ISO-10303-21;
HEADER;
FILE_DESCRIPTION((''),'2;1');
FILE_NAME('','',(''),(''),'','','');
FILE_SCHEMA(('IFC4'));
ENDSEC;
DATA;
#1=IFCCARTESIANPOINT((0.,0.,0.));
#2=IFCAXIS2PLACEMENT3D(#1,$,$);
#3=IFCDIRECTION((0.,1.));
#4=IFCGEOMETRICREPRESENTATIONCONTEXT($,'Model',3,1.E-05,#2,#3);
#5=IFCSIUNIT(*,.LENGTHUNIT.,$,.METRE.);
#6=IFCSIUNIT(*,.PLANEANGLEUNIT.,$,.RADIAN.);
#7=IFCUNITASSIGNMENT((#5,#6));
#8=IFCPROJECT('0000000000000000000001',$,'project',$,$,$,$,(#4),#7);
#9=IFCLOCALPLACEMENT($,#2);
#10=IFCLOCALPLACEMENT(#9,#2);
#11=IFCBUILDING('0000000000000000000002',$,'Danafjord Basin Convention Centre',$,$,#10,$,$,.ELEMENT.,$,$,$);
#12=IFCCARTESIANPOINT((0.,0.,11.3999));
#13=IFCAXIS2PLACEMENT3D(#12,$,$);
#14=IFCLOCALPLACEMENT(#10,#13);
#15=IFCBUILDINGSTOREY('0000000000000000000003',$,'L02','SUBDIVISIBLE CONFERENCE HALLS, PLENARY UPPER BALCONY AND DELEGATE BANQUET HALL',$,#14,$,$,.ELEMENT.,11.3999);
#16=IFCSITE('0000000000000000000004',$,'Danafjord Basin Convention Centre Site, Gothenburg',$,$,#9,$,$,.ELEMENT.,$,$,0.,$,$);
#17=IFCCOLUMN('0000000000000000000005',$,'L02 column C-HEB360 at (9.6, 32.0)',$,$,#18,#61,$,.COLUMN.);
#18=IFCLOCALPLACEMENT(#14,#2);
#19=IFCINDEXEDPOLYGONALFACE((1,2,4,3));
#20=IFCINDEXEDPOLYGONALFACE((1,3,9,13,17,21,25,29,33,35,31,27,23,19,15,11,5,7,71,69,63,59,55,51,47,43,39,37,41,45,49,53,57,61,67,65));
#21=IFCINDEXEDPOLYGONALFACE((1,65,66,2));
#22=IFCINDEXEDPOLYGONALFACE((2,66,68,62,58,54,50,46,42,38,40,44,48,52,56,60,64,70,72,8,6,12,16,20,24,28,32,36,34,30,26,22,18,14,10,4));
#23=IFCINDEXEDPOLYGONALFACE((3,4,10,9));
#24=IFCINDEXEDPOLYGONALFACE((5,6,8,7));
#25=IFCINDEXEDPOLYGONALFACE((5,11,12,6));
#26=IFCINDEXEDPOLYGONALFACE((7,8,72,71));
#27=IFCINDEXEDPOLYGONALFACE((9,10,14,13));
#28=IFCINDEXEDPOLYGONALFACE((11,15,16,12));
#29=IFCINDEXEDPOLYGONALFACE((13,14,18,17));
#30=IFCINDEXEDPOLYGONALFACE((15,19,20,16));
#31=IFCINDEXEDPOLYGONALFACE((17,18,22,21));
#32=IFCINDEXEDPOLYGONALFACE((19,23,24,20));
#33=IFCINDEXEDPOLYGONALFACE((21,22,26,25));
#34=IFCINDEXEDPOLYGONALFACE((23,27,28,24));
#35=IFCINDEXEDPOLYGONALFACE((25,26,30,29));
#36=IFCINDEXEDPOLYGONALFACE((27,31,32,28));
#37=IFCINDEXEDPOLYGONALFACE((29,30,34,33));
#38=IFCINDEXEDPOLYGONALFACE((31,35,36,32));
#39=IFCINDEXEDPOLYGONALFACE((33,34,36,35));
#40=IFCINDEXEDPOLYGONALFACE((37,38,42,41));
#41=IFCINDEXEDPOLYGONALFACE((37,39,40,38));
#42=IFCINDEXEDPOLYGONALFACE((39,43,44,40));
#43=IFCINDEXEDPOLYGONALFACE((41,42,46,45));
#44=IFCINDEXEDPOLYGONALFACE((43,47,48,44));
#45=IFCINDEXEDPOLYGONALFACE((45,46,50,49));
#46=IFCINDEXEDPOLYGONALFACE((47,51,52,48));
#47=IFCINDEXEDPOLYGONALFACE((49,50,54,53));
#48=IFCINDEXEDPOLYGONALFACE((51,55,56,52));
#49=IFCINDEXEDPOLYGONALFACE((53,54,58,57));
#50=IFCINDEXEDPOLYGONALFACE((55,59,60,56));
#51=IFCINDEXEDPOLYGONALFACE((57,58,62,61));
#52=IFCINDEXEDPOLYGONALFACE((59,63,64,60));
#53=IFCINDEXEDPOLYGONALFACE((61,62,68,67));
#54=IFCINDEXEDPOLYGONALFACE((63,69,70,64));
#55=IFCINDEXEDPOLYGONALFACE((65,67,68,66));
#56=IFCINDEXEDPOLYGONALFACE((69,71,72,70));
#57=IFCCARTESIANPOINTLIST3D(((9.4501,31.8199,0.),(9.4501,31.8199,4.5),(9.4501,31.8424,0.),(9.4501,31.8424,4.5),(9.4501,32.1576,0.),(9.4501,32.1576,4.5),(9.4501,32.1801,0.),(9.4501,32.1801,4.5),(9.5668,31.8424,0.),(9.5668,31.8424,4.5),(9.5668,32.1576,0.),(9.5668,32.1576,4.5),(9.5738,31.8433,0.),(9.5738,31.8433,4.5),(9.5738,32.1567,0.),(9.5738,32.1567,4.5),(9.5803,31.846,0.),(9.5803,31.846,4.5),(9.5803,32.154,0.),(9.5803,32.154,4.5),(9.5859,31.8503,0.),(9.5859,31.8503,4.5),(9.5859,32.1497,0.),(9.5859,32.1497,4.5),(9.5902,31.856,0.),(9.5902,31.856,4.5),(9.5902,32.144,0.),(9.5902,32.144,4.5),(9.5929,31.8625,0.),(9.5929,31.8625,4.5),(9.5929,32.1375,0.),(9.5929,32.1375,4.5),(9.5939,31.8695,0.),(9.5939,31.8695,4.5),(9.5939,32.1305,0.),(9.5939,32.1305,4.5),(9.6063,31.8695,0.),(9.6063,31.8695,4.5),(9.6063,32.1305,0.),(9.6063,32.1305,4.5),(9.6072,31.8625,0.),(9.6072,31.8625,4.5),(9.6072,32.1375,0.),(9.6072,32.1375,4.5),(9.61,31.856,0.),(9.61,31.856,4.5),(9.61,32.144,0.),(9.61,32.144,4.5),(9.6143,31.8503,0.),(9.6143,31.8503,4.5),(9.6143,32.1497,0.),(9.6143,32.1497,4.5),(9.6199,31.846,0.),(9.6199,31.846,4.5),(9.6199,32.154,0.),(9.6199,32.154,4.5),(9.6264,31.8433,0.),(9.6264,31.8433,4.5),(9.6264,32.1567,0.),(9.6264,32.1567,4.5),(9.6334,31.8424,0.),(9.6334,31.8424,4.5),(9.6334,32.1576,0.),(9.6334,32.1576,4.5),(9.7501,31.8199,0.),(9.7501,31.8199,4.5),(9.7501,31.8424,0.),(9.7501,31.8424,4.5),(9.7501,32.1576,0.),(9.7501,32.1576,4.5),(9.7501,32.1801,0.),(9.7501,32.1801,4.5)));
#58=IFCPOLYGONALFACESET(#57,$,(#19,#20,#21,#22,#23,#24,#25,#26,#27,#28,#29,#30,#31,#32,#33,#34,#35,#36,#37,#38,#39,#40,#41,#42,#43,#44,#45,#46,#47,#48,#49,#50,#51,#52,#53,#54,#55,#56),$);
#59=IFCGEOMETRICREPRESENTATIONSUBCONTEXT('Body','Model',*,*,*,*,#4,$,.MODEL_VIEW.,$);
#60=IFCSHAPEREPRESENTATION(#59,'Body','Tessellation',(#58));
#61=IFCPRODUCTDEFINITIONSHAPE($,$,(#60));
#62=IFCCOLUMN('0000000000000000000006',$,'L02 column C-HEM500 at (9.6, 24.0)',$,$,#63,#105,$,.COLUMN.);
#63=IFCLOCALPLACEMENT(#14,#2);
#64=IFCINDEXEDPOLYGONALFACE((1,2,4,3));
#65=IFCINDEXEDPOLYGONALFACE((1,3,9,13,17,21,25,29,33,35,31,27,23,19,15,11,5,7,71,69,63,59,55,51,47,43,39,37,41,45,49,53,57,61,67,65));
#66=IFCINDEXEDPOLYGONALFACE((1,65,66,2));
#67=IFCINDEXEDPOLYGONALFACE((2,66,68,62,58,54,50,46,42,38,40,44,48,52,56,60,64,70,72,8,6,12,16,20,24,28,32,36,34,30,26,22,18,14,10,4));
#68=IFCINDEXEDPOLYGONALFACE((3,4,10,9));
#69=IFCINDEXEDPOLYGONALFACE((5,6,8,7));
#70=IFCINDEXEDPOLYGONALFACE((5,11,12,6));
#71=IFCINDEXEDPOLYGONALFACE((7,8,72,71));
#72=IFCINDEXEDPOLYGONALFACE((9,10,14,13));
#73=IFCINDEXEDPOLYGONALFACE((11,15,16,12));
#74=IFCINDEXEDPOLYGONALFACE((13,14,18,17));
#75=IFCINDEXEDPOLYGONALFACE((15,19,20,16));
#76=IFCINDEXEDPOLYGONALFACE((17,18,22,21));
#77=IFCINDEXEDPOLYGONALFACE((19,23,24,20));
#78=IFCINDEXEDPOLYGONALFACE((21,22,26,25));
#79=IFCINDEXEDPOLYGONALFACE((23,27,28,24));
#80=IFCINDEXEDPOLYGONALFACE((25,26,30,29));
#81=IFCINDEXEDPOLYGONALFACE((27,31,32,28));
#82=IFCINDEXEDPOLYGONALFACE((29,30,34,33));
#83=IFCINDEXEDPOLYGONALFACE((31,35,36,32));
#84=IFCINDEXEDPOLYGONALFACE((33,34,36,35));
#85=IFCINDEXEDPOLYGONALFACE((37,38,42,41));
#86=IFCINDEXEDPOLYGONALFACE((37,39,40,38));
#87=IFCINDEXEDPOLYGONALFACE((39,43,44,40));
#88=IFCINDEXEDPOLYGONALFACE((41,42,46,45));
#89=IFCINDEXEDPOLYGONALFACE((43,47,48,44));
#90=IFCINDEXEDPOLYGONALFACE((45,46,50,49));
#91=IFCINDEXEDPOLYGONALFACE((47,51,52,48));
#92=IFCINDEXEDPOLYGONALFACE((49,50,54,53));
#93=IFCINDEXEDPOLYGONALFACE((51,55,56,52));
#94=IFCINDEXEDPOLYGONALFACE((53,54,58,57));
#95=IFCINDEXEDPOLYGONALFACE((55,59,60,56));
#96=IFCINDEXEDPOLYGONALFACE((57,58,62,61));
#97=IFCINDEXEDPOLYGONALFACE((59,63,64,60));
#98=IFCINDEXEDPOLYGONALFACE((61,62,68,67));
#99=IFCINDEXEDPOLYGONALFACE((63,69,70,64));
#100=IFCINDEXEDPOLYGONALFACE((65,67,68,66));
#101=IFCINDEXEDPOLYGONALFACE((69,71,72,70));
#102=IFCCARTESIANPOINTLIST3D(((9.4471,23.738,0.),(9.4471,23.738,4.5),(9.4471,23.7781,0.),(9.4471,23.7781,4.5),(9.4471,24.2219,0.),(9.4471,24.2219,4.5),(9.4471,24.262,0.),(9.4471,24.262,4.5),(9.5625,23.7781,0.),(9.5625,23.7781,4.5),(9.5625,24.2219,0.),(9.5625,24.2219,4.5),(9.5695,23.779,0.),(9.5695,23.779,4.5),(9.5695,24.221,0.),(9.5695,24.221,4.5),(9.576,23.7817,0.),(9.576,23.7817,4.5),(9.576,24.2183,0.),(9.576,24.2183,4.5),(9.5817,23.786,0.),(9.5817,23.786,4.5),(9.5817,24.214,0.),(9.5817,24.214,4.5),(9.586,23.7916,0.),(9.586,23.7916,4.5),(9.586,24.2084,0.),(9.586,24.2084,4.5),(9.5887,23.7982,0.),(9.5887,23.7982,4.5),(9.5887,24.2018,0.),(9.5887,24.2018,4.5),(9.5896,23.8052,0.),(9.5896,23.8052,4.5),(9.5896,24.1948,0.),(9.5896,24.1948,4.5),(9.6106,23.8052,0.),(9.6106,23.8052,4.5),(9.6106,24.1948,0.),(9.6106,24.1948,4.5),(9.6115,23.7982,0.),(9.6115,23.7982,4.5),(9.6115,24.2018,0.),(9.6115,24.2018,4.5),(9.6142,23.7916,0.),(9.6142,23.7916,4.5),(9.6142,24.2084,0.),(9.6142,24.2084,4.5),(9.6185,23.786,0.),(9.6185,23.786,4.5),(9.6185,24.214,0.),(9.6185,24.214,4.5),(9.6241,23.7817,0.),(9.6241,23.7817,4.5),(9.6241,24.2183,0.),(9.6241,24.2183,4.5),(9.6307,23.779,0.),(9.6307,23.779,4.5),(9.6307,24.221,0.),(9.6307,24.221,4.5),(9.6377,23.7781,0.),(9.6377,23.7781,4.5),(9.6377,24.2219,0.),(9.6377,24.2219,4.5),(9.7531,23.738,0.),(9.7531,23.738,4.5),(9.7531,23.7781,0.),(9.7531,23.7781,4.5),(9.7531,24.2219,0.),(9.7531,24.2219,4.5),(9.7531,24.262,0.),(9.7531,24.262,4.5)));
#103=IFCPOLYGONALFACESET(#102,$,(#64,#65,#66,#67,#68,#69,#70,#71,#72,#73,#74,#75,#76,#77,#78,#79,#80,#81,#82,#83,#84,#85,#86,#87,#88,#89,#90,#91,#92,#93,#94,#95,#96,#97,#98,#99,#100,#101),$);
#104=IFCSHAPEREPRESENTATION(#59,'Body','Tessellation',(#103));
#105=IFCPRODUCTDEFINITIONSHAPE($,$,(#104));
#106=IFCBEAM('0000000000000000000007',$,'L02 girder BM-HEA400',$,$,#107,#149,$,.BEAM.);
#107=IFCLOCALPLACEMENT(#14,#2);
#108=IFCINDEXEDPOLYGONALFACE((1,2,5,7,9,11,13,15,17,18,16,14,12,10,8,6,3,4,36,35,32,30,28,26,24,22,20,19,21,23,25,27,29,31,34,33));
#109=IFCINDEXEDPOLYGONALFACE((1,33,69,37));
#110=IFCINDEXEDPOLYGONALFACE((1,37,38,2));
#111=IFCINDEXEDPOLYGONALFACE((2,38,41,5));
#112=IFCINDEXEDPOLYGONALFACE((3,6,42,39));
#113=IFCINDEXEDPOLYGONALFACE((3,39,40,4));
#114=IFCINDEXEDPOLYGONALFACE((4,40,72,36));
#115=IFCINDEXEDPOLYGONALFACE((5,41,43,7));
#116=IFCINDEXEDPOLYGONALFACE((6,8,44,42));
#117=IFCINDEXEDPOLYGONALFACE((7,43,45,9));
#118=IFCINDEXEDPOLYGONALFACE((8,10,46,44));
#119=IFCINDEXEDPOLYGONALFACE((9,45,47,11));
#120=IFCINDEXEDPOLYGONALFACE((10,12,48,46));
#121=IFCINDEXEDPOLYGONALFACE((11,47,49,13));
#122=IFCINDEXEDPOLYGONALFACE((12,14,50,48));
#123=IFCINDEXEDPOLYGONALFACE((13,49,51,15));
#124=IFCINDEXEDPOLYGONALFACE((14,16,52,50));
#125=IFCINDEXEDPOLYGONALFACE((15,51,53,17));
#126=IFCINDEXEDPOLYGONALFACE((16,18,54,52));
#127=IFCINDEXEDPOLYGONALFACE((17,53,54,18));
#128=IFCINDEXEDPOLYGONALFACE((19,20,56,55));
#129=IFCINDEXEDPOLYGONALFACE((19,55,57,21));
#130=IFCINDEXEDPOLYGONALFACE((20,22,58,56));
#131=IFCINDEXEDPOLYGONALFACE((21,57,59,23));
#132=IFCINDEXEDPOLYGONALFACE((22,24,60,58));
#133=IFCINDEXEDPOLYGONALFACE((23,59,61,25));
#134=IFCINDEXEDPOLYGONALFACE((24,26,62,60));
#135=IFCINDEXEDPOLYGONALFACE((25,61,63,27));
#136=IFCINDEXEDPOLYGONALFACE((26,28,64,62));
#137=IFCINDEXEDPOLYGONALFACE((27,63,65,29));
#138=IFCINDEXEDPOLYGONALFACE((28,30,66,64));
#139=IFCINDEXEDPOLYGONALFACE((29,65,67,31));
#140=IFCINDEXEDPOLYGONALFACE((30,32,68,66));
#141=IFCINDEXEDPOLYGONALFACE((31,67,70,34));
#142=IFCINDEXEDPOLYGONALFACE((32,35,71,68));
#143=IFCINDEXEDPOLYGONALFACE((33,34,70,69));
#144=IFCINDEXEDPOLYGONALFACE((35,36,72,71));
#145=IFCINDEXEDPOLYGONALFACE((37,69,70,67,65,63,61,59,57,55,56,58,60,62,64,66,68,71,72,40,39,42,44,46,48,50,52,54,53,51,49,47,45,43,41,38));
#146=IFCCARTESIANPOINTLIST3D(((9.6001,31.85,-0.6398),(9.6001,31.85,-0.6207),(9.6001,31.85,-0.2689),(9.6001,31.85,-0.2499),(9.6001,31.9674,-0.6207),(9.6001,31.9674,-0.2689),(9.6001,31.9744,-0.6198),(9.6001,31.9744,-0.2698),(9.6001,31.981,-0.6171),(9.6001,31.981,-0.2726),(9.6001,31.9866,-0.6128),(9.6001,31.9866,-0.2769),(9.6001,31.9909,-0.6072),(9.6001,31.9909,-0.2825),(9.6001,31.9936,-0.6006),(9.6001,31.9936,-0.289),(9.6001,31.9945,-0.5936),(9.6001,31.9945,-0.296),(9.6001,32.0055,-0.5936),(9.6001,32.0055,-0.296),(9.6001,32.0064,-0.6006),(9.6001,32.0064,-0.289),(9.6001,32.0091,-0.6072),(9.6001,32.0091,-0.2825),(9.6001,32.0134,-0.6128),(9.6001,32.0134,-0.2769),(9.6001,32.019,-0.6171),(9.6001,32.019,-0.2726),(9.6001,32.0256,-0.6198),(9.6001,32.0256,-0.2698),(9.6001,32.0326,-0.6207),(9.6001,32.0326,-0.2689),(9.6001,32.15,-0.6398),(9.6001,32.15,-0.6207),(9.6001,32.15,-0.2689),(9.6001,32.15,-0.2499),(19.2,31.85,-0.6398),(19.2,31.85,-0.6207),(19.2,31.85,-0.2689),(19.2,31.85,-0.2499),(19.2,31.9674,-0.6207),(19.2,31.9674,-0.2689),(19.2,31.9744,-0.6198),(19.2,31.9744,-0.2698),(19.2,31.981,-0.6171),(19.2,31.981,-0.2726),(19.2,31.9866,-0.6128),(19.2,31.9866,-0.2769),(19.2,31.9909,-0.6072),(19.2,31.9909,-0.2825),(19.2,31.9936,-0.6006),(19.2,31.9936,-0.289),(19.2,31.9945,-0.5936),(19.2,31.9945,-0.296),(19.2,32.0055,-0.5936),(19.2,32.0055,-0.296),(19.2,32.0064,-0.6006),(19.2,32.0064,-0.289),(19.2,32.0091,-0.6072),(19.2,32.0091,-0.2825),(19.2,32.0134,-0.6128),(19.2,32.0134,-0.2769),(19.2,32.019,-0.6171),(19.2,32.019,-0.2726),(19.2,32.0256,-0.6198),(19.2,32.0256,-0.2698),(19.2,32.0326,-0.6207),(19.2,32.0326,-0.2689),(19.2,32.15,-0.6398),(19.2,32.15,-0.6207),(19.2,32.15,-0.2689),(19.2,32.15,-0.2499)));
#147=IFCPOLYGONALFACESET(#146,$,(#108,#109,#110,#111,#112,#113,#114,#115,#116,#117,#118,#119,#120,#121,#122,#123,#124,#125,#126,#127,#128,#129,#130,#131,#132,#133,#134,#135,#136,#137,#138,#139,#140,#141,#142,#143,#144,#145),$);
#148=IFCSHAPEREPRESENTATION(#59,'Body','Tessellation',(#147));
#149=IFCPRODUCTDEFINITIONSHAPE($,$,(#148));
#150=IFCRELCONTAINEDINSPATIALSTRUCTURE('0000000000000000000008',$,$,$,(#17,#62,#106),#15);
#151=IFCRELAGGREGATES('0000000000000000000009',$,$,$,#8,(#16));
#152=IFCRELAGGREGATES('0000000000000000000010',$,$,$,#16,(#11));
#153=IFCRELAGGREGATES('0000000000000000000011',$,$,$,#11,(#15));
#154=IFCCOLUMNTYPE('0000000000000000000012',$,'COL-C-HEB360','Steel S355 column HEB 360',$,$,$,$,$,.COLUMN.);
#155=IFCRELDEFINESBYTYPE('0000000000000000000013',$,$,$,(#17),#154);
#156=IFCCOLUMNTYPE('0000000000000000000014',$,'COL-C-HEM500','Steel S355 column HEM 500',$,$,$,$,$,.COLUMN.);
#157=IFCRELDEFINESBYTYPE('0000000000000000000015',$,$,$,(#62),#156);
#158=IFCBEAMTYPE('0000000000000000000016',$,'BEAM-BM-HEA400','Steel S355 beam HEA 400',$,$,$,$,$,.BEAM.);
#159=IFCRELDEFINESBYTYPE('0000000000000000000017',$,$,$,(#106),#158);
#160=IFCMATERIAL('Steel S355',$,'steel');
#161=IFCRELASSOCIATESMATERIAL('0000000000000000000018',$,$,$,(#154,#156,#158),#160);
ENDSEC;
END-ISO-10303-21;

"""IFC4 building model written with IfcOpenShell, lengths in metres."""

from ifc_helpers import new_model, si_unit, direction, frame, origin, origin_2d, place, context, subcontext, project, spatial, i_section, extrude, material, material_profile, profile_set, type_object, element, save


model = new_model("IFC4")

# Units and contexts
model_context = context("Model", 3, precision=1e-05, world=origin(), true_north=direction((0.0, 1.0)))
body_context = subcontext(model_context, "Body", "Model", "MODEL_VIEW")
ifc_project = project(units=[si_unit("LENGTHUNIT", "METRE"), si_unit("PLANEANGLEUNIT", "RADIAN")], contexts=[model_context])

# Site, building, storey
site_placement = place(None, origin())
site = spatial("IfcSite", under=ifc_project, at=site_placement, Name="Danafjord Basin Convention Centre Site, Gothenburg", CompositionType="ELEMENT", RefElevation=0.0)
building_placement = place(site_placement, origin())
building = spatial("IfcBuilding", under=site, at=building_placement, Name="Danafjord Basin Convention Centre", CompositionType="ELEMENT")
storey_placement = place(building_placement, frame((0.0, 0.0, 11.3999)))
storey = spatial("IfcBuildingStorey", under=building, at=storey_placement, Name="L02", Description="SUBDIVISIBLE CONFERENCE HALLS, PLENARY UPPER BALCONY AND DELEGATE BANQUET HALL", CompositionType="ELEMENT", Elevation=11.3999)

# Columns
ifc_material_1 = material(Name="Steel S355", Category="steel")
ifc_material_profile_1 = material_profile(ifc_material_1, i_section(OverallWidth=0.3, OverallDepth=0.3601, WebThickness=0.0125, FlangeThickness=0.0225, FilletRadius=0.0271, at=origin_2d()), Name="HEB 360")
ifc_profile_set_1 = profile_set([ifc_material_profile_1], Name="Steel S355")
column_type_1 = type_object("IfcColumnType", Name="COL-C-HEB360", Description="Steel S355 column HEB 360", PredefinedType="COLUMN", material=ifc_profile_set_1)
column_1_placement = place(storey_placement, frame((9.6001, 32.0, 0.0), z_axis=(0.0, 0.0, 1.0), x_axis=(1.0, 0.0, 0.0)))
element("IfcColumn", 1, at=column_1_placement, inside=storey, type_object=column_type_1, Name="L02 column C-HEB360 at (9.6, 32.0)", PredefinedType="COLUMN", context=body_context, shape_type="SweptSolid", body=[
    extrude(i_section(OverallWidth=0.3, OverallDepth=0.3601, WebThickness=0.0125, FlangeThickness=0.0225, FilletRadius=0.0271, at=origin_2d()), origin(), (0.0, 0.0, 1.0), 4.5),
])
ifc_material_profile_2 = material_profile(ifc_material_1, i_section(OverallWidth=0.3059, OverallDepth=0.5239, WebThickness=0.021, FlangeThickness=0.04, FilletRadius=0.0271, at=origin_2d()), Name="HEM 500")
ifc_profile_set_2 = profile_set([ifc_material_profile_2], Name="Steel S355")
column_type_2 = type_object("IfcColumnType", Name="COL-C-HEM500", Description="Steel S355 column HEM 500", PredefinedType="COLUMN", material=ifc_profile_set_2)
column_2_placement = place(storey_placement, frame((9.6001, 24.0, 0.0), z_axis=(0.0, 0.0, 1.0), x_axis=(1.0, 0.0, 0.0)))
element("IfcColumn", 2, at=column_2_placement, inside=storey, type_object=column_type_2, Name="L02 column C-HEM500 at (9.6, 24.0)", PredefinedType="COLUMN", context=body_context, shape_type="SweptSolid", body=[
    extrude(i_section(OverallWidth=0.3059, OverallDepth=0.5239, WebThickness=0.021, FlangeThickness=0.04, FilletRadius=0.0271, at=origin_2d()), origin(), (0.0, 0.0, 1.0), 4.5),
])

# Beam
ifc_material_profile_3 = material_profile(ifc_material_1, i_section(OverallWidth=0.3, OverallDepth=0.3899, WebThickness=0.011, FlangeThickness=0.019, FilletRadius=0.0271, at=origin_2d()), Name="HEA 400")
ifc_profile_set_3 = profile_set([ifc_material_profile_3], Name="Steel S355")
beam_type_1 = type_object("IfcBeamType", Name="BEAM-BM-HEA400", Description="Steel S355 beam HEA 400", PredefinedType="BEAM", material=ifc_profile_set_3)
beam_1_placement = place(storey_placement, frame((9.6001, 32.0, -0.4448), z_axis=(1.0, 0.0, 0.0), x_axis=(0.0, 1.0, 0.0)))
element("IfcBeam", 3, at=beam_1_placement, inside=storey, type_object=beam_type_1, Name="L02 girder BM-HEA400", PredefinedType="BEAM", context=body_context, shape_type="SweptSolid", body=[
    extrude(i_section(OverallWidth=0.3, OverallDepth=0.3899, WebThickness=0.011, FlangeThickness=0.019, FilletRadius=0.0271, at=origin_2d()), origin(), (0.0, 0.0, 1.0), 9.5999),
])

save(model, "model.ifc")
